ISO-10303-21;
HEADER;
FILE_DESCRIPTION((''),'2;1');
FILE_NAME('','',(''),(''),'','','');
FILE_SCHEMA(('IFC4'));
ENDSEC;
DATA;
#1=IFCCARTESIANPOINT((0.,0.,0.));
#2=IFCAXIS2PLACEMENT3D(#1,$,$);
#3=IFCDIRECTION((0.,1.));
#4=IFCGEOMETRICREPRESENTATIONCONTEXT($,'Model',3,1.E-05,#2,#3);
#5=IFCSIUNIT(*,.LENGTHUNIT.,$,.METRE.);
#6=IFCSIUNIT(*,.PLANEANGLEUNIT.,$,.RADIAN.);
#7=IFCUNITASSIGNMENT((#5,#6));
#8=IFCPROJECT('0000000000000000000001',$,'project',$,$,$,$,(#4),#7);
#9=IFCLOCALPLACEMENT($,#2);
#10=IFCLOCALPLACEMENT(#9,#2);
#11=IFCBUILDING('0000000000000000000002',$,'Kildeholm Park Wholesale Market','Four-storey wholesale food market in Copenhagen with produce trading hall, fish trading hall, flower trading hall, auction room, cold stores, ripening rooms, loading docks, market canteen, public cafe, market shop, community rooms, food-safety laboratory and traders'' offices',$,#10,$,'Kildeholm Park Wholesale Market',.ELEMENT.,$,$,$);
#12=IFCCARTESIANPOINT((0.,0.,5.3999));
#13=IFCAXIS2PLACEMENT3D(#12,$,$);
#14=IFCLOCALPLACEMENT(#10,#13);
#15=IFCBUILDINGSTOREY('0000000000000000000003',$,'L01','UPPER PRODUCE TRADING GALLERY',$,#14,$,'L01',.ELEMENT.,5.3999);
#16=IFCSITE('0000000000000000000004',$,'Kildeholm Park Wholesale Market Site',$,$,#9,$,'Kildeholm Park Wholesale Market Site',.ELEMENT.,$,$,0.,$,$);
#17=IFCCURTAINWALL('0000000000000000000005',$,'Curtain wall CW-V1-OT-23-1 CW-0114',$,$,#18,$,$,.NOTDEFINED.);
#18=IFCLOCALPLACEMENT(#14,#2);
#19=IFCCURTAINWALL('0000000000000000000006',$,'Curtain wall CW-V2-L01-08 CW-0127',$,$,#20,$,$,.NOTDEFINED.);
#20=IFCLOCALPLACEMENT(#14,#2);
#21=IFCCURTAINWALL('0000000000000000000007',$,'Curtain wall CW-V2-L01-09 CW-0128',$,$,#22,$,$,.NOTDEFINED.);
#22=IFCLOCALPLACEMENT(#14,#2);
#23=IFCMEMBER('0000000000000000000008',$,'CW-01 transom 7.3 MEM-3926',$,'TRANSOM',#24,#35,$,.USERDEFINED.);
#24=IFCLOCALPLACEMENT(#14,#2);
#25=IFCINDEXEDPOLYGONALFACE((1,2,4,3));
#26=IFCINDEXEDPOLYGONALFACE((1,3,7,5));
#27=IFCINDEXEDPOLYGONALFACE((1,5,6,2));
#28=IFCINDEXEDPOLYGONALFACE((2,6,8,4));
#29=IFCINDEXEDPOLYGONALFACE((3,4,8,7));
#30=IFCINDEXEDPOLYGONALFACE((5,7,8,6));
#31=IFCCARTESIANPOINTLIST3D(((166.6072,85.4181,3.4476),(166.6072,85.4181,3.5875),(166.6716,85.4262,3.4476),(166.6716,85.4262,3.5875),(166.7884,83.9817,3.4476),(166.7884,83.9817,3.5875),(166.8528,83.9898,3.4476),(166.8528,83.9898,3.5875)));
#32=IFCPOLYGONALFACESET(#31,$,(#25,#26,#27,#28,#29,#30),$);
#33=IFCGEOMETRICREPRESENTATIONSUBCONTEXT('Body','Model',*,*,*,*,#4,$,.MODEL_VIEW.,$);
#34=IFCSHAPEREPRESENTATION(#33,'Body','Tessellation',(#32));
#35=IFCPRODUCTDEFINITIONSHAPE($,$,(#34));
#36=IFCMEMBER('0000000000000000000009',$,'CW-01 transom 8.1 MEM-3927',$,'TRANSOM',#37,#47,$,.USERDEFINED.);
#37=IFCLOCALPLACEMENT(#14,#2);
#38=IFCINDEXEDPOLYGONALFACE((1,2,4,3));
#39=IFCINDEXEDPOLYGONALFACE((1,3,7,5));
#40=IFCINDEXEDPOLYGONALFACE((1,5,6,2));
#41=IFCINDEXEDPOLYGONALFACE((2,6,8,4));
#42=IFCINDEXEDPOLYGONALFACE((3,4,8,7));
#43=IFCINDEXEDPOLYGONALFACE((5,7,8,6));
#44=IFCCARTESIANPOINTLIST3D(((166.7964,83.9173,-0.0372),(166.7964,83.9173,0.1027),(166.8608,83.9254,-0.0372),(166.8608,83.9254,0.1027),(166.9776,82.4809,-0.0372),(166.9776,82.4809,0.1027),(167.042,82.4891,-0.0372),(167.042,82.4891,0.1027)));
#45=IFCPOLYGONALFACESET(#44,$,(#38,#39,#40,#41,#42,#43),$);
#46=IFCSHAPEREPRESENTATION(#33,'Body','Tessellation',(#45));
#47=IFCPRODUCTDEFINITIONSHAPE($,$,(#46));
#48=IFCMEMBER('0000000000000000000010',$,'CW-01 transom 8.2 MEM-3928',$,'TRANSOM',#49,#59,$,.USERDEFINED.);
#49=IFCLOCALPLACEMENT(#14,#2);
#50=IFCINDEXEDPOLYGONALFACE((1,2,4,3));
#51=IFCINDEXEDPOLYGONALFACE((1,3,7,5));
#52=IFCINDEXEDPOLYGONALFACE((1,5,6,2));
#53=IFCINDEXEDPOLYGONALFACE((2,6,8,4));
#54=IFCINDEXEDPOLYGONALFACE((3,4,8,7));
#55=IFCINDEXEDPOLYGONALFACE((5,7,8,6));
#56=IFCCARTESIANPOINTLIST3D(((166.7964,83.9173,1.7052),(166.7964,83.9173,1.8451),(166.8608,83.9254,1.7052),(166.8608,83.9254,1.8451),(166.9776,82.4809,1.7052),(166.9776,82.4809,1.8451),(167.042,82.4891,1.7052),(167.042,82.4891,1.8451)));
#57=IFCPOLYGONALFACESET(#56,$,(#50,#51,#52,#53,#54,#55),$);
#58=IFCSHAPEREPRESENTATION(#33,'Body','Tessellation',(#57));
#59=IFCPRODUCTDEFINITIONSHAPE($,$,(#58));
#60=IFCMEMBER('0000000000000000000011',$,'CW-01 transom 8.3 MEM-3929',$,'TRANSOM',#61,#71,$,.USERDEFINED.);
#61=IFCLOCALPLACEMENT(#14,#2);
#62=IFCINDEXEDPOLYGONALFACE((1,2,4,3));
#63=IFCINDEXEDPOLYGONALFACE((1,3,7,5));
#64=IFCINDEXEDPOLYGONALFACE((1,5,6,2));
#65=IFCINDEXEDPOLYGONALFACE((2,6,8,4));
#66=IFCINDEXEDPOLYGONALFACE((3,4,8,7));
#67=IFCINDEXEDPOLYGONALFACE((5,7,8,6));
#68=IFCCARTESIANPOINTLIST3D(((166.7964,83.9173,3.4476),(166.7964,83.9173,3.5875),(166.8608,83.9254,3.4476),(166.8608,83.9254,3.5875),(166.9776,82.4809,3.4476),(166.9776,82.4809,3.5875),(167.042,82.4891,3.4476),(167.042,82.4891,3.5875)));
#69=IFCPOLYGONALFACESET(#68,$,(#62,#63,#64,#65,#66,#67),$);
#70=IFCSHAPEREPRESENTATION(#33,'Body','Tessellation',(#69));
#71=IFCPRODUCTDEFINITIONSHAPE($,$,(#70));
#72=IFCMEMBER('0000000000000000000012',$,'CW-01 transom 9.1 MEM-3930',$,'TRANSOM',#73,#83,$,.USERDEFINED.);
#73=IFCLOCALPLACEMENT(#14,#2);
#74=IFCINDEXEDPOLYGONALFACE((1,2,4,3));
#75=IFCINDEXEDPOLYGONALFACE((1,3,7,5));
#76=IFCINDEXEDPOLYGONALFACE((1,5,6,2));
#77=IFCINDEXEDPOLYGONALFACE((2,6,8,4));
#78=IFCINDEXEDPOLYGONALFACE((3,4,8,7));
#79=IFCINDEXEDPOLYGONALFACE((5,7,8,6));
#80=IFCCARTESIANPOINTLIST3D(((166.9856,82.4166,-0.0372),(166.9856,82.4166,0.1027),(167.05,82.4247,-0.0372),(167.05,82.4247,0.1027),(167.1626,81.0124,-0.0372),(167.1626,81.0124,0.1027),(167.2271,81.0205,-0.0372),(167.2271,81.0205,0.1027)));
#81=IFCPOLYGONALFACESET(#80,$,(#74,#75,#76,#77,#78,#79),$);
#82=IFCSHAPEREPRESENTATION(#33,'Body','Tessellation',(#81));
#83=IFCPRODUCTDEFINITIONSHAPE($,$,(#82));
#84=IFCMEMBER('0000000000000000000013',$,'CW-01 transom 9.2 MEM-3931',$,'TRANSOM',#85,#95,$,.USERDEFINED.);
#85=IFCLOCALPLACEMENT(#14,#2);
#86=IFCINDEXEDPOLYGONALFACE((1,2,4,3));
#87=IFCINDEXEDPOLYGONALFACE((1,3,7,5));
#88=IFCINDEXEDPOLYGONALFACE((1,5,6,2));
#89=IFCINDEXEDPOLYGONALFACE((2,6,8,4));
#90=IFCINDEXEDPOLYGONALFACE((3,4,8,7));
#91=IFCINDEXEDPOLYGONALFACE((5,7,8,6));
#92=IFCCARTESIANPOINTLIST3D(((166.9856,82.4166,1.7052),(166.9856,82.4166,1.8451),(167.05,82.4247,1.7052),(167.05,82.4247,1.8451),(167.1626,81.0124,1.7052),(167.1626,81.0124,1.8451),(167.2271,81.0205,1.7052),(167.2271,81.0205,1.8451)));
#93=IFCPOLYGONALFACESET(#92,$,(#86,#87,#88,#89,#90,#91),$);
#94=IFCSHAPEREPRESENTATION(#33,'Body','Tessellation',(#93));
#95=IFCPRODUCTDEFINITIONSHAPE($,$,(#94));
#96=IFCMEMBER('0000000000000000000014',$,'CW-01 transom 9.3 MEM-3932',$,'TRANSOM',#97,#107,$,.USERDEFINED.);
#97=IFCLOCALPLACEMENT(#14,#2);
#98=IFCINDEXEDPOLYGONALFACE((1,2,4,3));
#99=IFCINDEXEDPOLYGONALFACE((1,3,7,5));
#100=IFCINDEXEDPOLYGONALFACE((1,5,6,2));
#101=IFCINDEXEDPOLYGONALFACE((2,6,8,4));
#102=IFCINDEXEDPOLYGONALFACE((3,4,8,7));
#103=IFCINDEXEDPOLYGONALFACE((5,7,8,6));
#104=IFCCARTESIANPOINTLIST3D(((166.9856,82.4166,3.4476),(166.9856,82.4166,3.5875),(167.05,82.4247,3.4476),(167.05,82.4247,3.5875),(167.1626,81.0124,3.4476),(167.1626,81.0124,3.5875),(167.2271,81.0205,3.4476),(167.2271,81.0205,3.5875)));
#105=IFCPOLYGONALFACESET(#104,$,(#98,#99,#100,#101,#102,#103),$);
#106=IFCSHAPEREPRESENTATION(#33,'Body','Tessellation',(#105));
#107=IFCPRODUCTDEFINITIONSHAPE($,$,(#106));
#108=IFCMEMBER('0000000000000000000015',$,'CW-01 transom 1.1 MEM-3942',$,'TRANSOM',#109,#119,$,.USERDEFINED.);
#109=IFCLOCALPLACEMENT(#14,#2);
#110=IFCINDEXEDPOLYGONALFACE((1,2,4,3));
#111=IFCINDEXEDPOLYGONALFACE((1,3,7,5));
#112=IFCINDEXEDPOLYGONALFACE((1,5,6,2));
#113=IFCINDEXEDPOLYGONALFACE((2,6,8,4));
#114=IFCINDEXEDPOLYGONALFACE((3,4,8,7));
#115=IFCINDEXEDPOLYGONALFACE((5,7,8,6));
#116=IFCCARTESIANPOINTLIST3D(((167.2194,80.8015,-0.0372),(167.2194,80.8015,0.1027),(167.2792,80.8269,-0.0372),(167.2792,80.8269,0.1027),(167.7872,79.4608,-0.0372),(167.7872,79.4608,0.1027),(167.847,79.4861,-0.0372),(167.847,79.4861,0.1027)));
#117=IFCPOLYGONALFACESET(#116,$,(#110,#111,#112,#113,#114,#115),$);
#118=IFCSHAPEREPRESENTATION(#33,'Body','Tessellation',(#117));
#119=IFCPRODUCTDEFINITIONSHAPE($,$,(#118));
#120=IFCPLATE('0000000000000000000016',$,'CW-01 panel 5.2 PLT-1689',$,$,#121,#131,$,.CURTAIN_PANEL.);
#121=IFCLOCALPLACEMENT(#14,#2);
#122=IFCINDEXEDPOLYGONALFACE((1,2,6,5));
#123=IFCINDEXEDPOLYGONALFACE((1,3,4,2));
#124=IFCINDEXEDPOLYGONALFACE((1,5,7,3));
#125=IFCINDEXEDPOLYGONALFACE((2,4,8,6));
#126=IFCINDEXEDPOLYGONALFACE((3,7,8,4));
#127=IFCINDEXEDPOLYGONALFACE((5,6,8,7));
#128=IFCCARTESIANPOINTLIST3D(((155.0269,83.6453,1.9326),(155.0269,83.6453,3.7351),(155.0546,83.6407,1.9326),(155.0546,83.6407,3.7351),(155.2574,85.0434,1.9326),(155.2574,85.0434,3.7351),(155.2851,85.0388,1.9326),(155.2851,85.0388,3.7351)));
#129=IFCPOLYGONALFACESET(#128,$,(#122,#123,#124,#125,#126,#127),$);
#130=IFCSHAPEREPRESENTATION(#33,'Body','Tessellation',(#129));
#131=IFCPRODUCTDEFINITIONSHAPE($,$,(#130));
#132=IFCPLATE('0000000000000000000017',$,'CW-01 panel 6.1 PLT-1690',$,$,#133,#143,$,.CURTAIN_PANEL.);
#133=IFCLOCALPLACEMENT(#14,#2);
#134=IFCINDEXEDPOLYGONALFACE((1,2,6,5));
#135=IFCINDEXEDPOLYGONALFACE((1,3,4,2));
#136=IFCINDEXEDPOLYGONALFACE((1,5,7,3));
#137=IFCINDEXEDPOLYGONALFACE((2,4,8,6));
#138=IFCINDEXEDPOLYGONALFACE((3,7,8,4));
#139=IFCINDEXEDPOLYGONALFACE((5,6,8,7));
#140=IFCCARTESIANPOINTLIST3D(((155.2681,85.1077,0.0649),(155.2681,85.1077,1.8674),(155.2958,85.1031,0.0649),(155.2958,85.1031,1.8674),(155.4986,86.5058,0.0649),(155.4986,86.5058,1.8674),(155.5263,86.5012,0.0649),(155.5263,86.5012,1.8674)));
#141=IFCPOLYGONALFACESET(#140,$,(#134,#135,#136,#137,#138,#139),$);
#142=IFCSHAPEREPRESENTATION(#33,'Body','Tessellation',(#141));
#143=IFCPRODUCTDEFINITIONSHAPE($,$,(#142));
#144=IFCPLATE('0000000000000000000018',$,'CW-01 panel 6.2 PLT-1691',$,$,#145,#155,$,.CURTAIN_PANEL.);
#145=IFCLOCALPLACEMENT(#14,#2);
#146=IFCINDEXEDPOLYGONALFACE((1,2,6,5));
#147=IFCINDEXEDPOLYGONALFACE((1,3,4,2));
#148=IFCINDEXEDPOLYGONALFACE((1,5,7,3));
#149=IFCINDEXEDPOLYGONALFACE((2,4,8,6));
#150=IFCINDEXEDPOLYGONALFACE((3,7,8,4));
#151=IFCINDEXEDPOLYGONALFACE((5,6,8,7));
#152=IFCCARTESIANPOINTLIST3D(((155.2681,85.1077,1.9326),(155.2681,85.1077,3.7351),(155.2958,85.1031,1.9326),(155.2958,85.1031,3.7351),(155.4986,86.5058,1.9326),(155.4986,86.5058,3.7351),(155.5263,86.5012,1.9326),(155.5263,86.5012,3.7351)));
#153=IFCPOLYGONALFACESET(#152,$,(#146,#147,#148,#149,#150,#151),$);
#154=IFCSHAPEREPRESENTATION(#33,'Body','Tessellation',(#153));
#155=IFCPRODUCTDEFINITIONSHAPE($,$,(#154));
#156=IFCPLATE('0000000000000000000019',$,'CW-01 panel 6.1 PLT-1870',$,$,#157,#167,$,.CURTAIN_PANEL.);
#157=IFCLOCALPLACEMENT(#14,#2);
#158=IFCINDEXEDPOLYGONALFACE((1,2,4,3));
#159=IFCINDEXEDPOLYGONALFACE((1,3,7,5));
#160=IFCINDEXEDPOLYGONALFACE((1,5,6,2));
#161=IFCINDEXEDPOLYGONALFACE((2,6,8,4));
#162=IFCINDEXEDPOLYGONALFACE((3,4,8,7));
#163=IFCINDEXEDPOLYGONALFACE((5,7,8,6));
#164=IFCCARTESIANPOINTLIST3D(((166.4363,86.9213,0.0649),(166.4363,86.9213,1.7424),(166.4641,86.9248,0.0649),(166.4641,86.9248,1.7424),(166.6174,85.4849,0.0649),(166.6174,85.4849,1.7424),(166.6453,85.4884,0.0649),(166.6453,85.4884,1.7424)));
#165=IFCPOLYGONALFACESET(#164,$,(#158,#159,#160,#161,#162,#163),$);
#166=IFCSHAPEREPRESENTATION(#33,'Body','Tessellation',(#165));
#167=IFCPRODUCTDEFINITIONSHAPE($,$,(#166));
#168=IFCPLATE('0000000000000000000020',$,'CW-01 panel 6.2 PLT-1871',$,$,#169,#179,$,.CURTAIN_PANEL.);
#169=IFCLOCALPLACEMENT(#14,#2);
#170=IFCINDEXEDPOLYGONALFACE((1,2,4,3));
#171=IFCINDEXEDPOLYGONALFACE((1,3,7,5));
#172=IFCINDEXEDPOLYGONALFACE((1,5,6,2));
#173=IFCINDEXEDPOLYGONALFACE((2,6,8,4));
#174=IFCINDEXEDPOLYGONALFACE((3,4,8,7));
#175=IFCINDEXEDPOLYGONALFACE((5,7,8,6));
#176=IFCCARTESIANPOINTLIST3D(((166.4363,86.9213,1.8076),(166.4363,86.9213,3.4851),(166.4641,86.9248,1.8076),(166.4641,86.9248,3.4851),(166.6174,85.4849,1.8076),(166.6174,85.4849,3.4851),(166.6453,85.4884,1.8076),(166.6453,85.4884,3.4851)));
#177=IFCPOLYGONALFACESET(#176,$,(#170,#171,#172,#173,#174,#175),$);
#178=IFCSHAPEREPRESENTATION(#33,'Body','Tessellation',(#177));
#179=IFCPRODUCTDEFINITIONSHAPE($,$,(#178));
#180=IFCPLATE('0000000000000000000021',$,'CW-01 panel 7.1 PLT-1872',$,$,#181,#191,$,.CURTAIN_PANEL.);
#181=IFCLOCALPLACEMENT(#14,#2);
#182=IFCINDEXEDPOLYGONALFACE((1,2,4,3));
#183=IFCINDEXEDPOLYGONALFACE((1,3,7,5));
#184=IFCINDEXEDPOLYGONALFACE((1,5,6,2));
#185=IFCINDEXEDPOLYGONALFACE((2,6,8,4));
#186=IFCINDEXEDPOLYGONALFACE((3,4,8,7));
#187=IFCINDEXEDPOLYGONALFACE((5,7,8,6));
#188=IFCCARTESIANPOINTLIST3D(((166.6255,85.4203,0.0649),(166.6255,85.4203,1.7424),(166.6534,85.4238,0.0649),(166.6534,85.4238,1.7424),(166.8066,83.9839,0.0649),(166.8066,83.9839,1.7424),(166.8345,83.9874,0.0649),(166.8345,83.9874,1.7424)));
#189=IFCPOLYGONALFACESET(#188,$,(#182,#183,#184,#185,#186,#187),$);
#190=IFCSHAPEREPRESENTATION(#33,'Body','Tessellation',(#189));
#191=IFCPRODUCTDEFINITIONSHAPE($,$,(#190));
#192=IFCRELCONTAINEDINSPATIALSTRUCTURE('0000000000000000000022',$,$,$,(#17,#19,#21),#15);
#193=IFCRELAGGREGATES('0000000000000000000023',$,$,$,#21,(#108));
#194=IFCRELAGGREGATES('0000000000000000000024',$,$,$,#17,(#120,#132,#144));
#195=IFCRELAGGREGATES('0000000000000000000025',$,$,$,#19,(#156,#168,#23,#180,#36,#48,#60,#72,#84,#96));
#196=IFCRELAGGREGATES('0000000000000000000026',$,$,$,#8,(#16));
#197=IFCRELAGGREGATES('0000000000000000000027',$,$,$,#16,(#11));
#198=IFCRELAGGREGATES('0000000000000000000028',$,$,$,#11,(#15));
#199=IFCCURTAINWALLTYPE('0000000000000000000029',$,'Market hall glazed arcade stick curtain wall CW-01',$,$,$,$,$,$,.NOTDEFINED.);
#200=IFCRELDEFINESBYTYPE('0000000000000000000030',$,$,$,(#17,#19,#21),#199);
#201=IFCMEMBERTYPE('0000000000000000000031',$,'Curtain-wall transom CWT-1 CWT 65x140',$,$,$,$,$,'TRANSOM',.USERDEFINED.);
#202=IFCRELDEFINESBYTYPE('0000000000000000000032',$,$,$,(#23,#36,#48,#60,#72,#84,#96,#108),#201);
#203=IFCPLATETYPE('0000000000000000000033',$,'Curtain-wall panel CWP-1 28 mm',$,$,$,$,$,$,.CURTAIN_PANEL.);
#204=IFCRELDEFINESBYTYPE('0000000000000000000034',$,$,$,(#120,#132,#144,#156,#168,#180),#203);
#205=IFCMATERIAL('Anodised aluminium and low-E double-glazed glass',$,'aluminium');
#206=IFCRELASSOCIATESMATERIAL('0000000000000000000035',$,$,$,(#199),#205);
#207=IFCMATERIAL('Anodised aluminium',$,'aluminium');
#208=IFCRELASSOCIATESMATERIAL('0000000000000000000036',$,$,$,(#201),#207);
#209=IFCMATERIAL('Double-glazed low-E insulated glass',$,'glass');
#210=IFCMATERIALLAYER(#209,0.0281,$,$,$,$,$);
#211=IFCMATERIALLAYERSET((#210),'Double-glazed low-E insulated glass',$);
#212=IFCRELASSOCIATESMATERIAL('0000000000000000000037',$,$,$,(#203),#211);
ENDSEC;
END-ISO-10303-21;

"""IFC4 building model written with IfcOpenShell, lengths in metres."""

from ifc_helpers import new_model, si_unit, direction, frame, origin, origin_2d, place, context, subcontext, project, spatial, rectangle, extrude, material, layer, layer_set, material_profile, profile_set, type_object, element, aggregate, save


model = new_model("IFC4")

# Units and contexts
model_context = context("Model", 3, precision=1e-05, world=origin(), true_north=direction((0.0, 1.0)))
body_context = subcontext(model_context, "Body", "Model", "MODEL_VIEW")
ifc_project = project(units=[si_unit("LENGTHUNIT", "METRE"), si_unit("PLANEANGLEUNIT", "RADIAN")], contexts=[model_context])

# Site, building, storey
site_placement = place(None, origin())
site = spatial("IfcSite", under=ifc_project, at=site_placement, Name="Kildeholm Park Wholesale Market Site", LongName="Kildeholm Park Wholesale Market Site", CompositionType="ELEMENT", RefElevation=0.0)
building_placement = place(site_placement, origin())
building = spatial("IfcBuilding", under=site, at=building_placement, Name="Kildeholm Park Wholesale Market", Description="Four-storey wholesale food market in Copenhagen with produce trading hall, fish trading hall, flower trading hall, auction room, cold stores, ripening rooms, loading docks, market canteen, public cafe, market shop, community rooms, food-safety laboratory and traders' offices", LongName="Kildeholm Park Wholesale Market", CompositionType="ELEMENT")
storey_placement = place(building_placement, frame((0.0, 0.0, 5.3999)))
storey = spatial("IfcBuildingStorey", under=building, at=storey_placement, Name="L01", Description="UPPER PRODUCE TRADING GALLERY", LongName="L01", CompositionType="ELEMENT", Elevation=5.3999)

# Curtain walls
ifc_material_1 = material(Name="Anodised aluminium and low-E double-glazed glass", Category="aluminium")
curtain_wall_type = type_object("IfcCurtainWallType", Name="Market hall glazed arcade stick curtain wall CW-01", PredefinedType="NOTDEFINED", material=ifc_material_1)
curtain_wall_1_placement = place(storey_placement, origin())
curtain_wall_1 = element("IfcCurtainWall", 1, at=curtain_wall_1_placement, inside=storey, type_object=curtain_wall_type, Name="Curtain wall CW-V1-OT-23-1 CW-0114", PredefinedType="NOTDEFINED")
ifc_material_2 = material(Name="Anodised aluminium", Category="aluminium")
curtain_wall_2_placement = place(storey_placement, origin())
curtain_wall_2 = element("IfcCurtainWall", 2, at=curtain_wall_2_placement, inside=storey, type_object=curtain_wall_type, Name="Curtain wall CW-V2-L01-08 CW-0127", PredefinedType="NOTDEFINED")

# Curtain wall
curtain_wall_3_placement = place(storey_placement, origin())
curtain_wall_3 = element("IfcCurtainWall", 3, at=curtain_wall_3_placement, inside=storey, type_object=curtain_wall_type, Name="Curtain wall CW-V2-L01-09 CW-0128", PredefinedType="NOTDEFINED")

# Members
ifc_material_profile_1 = material_profile(ifc_material_2, rectangle(XDim=0.0649, YDim=0.1399, at=origin_2d()), Name="CWT 65x140")
ifc_profile_set_1 = profile_set([ifc_material_profile_1], Name="Anodised aluminium")
member_type_1 = type_object("IfcMemberType", Name="Curtain-wall transom CWT-1 CWT 65x140", ElementType="TRANSOM", PredefinedType="USERDEFINED", material=ifc_profile_set_1)
member_1_placement = place(storey_placement, frame((166.6394, 85.4221, 3.5176), z_axis=(0.125135, -0.99214, 0.0), x_axis=(0.99214, 0.125135, 0.0)))
member_1 = element("IfcMember", 4, at=member_1_placement, type_object=member_type_1, Name="CW-01 transom 7.3 MEM-3926", ObjectType="TRANSOM", PredefinedType="USERDEFINED", context=body_context, shape_type="SweptSolid", body=[
    extrude(rectangle(XDim=0.0649, YDim=0.1399, at=origin_2d()), origin(), (0.0, 0.0, 1.0), 1.4478),
])
member_2_placement = place(storey_placement, frame((166.8286, 83.9214, 0.0327), z_axis=(0.125135, -0.99214, 0.0), x_axis=(0.99214, 0.125135, 0.0)))
member_2 = element("IfcMember", 5, at=member_2_placement, type_object=member_type_1, Name="CW-01 transom 8.1 MEM-3927", ObjectType="TRANSOM", PredefinedType="USERDEFINED", context=body_context, shape_type="SweptSolid", body=[
    extrude(rectangle(XDim=0.0649, YDim=0.1399, at=origin_2d()), origin(), (0.0, 0.0, 1.0), 1.4478),
])
member_3_placement = place(storey_placement, frame((166.8286, 83.9214, 1.7751), z_axis=(0.125135, -0.99214, 0.0), x_axis=(0.99214, 0.125135, 0.0)))
member_3 = element("IfcMember", 6, at=member_3_placement, type_object=member_type_1, Name="CW-01 transom 8.2 MEM-3928", ObjectType="TRANSOM", PredefinedType="USERDEFINED", context=body_context, shape_type="SweptSolid", body=[
    extrude(rectangle(XDim=0.0649, YDim=0.1399, at=origin_2d()), origin(), (0.0, 0.0, 1.0), 1.4478),
])
member_4_placement = place(storey_placement, frame((166.8286, 83.9214, 3.5176), z_axis=(0.125135, -0.99214, 0.0), x_axis=(0.99214, 0.125135, 0.0)))
member_4 = element("IfcMember", 7, at=member_4_placement, type_object=member_type_1, Name="CW-01 transom 8.3 MEM-3929", ObjectType="TRANSOM", PredefinedType="USERDEFINED", context=body_context, shape_type="SweptSolid", body=[
    extrude(rectangle(XDim=0.0649, YDim=0.1399, at=origin_2d()), origin(), (0.0, 0.0, 1.0), 1.4478),
])
member_5_placement = place(storey_placement, frame((167.0178, 82.4207, 0.0327), z_axis=(0.125075, -0.992147, 0.0), x_axis=(0.992147, 0.125075, 0.0)))
member_5 = element("IfcMember", 8, at=member_5_placement, type_object=member_type_1, Name="CW-01 transom 9.1 MEM-3930", ObjectType="TRANSOM", PredefinedType="USERDEFINED", context=body_context, shape_type="SweptSolid", body=[
    extrude(rectangle(XDim=0.0649, YDim=0.1399, at=origin_2d()), origin(), (0.0, 0.0, 1.0), 1.4153),
])
member_6_placement = place(storey_placement, frame((167.0178, 82.4207, 1.7751), z_axis=(0.125075, -0.992147, 0.0), x_axis=(0.992147, 0.125075, 0.0)))
member_6 = element("IfcMember", 9, at=member_6_placement, type_object=member_type_1, Name="CW-01 transom 9.2 MEM-3931", ObjectType="TRANSOM", PredefinedType="USERDEFINED", context=body_context, shape_type="SweptSolid", body=[
    extrude(rectangle(XDim=0.0649, YDim=0.1399, at=origin_2d()), origin(), (0.0, 0.0, 1.0), 1.4153),
])
member_7_placement = place(storey_placement, frame((167.0178, 82.4207, 3.5176), z_axis=(0.125075, -0.992147, 0.0), x_axis=(0.992147, 0.125075, 0.0)))
member_7 = element("IfcMember", 10, at=member_7_placement, type_object=member_type_1, Name="CW-01 transom 9.3 MEM-3932", ObjectType="TRANSOM", PredefinedType="USERDEFINED", context=body_context, shape_type="SweptSolid", body=[
    extrude(rectangle(XDim=0.0649, YDim=0.1399, at=origin_2d()), origin(), (0.0, 0.0, 1.0), 1.4153),
])
member_8_placement = place(storey_placement, frame((167.2493, 80.8142, 0.0327), z_axis=(0.38999, -0.920819, 0.0), x_axis=(0.920819, 0.38999, 0.0)))
member_8 = element("IfcMember", 11, at=member_8_placement, type_object=member_type_1, Name="CW-01 transom 1.1 MEM-3942", ObjectType="TRANSOM", PredefinedType="USERDEFINED", context=body_context, shape_type="SweptSolid", body=[
    extrude(rectangle(XDim=0.0649, YDim=0.1399, at=origin_2d()), origin(), (0.0, 0.0, 1.0), 1.4561),
])
aggregate(curtain_wall_3, [member_8])

# Plates
ifc_material_3 = material(Name="Double-glazed low-E insulated glass", Category="glass")
ifc_layer = layer(ifc_material_3, 0.0281)
ifc_layer_set = layer_set([ifc_layer], Name="Double-glazed low-E insulated glass")
plate_type = type_object("IfcPlateType", Name="Curtain-wall panel CWP-1 28 mm", PredefinedType="CURTAIN_PANEL", material=ifc_layer_set)
plate_1_placement = place(storey_placement, frame((155.156, 84.342, 1.9326), z_axis=(0.0, 0.0, 1.0), x_axis=(0.162703, 0.986675, 0.0)))
plate_1 = element("IfcPlate", 12, at=plate_1_placement, type_object=plate_type, Name="CW-01 panel 5.2 PLT-1689", PredefinedType="CURTAIN_PANEL", context=body_context, shape_type="SweptSolid", body=[
    extrude(rectangle(XDim=1.417, YDim=0.0281, at=origin_2d()), origin(), (0.0, 0.0, 1.0), 1.8025),
])
plate_2_placement = place(storey_placement, frame((155.3972, 85.8044, 0.0649), z_axis=(0.0, 0.0, 1.0), x_axis=(0.162703, 0.986675, 0.0)))
plate_2 = element("IfcPlate", 13, at=plate_2_placement, type_object=plate_type, Name="CW-01 panel 6.1 PLT-1690", PredefinedType="CURTAIN_PANEL", context=body_context, shape_type="SweptSolid", body=[
    extrude(rectangle(XDim=1.417, YDim=0.0281, at=origin_2d()), origin(), (0.0, 0.0, 1.0), 1.8025),
])
plate_3_placement = place(storey_placement, frame((155.3972, 85.8044, 1.9326), z_axis=(0.0, 0.0, 1.0), x_axis=(0.162703, 0.986675, 0.0)))
plate_3 = element("IfcPlate", 14, at=plate_3_placement, type_object=plate_type, Name="CW-01 panel 6.2 PLT-1691", PredefinedType="CURTAIN_PANEL", context=body_context, shape_type="SweptSolid", body=[
    extrude(rectangle(XDim=1.417, YDim=0.0281, at=origin_2d()), origin(), (0.0, 0.0, 1.0), 1.8025),
])
aggregate(curtain_wall_1, [plate_1, plate_2, plate_3])
plate_4_placement = place(storey_placement, frame((166.5408, 86.2048, 0.0649), z_axis=(0.0, 0.0, 1.0), x_axis=(0.125092, -0.992145, 0.0)))
plate_4 = element("IfcPlate", 15, at=plate_4_placement, type_object=plate_type, Name="CW-01 panel 6.1 PLT-1870", PredefinedType="CURTAIN_PANEL", context=body_context, shape_type="SweptSolid", body=[
    extrude(rectangle(XDim=1.4478, YDim=0.0281, at=origin_2d()), origin(), (0.0, 0.0, 1.0), 1.6775),
])
plate_5_placement = place(storey_placement, frame((166.5408, 86.2048, 1.8076), z_axis=(0.0, 0.0, 1.0), x_axis=(0.125092, -0.992145, 0.0)))
plate_5 = element("IfcPlate", 16, at=plate_5_placement, type_object=plate_type, Name="CW-01 panel 6.2 PLT-1871", PredefinedType="CURTAIN_PANEL", context=body_context, shape_type="SweptSolid", body=[
    extrude(rectangle(XDim=1.4478, YDim=0.0281, at=origin_2d()), origin(), (0.0, 0.0, 1.0), 1.6775),
])
plate_6_placement = place(storey_placement, frame((166.73, 84.7039, 0.0649), z_axis=(0.0, 0.0, 1.0), x_axis=(0.125092, -0.992145, 0.0)))
plate_6 = element("IfcPlate", 17, at=plate_6_placement, type_object=plate_type, Name="CW-01 panel 7.1 PLT-1872", PredefinedType="CURTAIN_PANEL", context=body_context, shape_type="SweptSolid", body=[
    extrude(rectangle(XDim=1.4478, YDim=0.0281, at=origin_2d()), origin(), (0.0, 0.0, 1.0), 1.6775),
])
aggregate(curtain_wall_2, [plate_4, plate_5, member_1, plate_6, member_2, member_3, member_4, member_5, member_6, member_7])

save(model, "model.ifc")
